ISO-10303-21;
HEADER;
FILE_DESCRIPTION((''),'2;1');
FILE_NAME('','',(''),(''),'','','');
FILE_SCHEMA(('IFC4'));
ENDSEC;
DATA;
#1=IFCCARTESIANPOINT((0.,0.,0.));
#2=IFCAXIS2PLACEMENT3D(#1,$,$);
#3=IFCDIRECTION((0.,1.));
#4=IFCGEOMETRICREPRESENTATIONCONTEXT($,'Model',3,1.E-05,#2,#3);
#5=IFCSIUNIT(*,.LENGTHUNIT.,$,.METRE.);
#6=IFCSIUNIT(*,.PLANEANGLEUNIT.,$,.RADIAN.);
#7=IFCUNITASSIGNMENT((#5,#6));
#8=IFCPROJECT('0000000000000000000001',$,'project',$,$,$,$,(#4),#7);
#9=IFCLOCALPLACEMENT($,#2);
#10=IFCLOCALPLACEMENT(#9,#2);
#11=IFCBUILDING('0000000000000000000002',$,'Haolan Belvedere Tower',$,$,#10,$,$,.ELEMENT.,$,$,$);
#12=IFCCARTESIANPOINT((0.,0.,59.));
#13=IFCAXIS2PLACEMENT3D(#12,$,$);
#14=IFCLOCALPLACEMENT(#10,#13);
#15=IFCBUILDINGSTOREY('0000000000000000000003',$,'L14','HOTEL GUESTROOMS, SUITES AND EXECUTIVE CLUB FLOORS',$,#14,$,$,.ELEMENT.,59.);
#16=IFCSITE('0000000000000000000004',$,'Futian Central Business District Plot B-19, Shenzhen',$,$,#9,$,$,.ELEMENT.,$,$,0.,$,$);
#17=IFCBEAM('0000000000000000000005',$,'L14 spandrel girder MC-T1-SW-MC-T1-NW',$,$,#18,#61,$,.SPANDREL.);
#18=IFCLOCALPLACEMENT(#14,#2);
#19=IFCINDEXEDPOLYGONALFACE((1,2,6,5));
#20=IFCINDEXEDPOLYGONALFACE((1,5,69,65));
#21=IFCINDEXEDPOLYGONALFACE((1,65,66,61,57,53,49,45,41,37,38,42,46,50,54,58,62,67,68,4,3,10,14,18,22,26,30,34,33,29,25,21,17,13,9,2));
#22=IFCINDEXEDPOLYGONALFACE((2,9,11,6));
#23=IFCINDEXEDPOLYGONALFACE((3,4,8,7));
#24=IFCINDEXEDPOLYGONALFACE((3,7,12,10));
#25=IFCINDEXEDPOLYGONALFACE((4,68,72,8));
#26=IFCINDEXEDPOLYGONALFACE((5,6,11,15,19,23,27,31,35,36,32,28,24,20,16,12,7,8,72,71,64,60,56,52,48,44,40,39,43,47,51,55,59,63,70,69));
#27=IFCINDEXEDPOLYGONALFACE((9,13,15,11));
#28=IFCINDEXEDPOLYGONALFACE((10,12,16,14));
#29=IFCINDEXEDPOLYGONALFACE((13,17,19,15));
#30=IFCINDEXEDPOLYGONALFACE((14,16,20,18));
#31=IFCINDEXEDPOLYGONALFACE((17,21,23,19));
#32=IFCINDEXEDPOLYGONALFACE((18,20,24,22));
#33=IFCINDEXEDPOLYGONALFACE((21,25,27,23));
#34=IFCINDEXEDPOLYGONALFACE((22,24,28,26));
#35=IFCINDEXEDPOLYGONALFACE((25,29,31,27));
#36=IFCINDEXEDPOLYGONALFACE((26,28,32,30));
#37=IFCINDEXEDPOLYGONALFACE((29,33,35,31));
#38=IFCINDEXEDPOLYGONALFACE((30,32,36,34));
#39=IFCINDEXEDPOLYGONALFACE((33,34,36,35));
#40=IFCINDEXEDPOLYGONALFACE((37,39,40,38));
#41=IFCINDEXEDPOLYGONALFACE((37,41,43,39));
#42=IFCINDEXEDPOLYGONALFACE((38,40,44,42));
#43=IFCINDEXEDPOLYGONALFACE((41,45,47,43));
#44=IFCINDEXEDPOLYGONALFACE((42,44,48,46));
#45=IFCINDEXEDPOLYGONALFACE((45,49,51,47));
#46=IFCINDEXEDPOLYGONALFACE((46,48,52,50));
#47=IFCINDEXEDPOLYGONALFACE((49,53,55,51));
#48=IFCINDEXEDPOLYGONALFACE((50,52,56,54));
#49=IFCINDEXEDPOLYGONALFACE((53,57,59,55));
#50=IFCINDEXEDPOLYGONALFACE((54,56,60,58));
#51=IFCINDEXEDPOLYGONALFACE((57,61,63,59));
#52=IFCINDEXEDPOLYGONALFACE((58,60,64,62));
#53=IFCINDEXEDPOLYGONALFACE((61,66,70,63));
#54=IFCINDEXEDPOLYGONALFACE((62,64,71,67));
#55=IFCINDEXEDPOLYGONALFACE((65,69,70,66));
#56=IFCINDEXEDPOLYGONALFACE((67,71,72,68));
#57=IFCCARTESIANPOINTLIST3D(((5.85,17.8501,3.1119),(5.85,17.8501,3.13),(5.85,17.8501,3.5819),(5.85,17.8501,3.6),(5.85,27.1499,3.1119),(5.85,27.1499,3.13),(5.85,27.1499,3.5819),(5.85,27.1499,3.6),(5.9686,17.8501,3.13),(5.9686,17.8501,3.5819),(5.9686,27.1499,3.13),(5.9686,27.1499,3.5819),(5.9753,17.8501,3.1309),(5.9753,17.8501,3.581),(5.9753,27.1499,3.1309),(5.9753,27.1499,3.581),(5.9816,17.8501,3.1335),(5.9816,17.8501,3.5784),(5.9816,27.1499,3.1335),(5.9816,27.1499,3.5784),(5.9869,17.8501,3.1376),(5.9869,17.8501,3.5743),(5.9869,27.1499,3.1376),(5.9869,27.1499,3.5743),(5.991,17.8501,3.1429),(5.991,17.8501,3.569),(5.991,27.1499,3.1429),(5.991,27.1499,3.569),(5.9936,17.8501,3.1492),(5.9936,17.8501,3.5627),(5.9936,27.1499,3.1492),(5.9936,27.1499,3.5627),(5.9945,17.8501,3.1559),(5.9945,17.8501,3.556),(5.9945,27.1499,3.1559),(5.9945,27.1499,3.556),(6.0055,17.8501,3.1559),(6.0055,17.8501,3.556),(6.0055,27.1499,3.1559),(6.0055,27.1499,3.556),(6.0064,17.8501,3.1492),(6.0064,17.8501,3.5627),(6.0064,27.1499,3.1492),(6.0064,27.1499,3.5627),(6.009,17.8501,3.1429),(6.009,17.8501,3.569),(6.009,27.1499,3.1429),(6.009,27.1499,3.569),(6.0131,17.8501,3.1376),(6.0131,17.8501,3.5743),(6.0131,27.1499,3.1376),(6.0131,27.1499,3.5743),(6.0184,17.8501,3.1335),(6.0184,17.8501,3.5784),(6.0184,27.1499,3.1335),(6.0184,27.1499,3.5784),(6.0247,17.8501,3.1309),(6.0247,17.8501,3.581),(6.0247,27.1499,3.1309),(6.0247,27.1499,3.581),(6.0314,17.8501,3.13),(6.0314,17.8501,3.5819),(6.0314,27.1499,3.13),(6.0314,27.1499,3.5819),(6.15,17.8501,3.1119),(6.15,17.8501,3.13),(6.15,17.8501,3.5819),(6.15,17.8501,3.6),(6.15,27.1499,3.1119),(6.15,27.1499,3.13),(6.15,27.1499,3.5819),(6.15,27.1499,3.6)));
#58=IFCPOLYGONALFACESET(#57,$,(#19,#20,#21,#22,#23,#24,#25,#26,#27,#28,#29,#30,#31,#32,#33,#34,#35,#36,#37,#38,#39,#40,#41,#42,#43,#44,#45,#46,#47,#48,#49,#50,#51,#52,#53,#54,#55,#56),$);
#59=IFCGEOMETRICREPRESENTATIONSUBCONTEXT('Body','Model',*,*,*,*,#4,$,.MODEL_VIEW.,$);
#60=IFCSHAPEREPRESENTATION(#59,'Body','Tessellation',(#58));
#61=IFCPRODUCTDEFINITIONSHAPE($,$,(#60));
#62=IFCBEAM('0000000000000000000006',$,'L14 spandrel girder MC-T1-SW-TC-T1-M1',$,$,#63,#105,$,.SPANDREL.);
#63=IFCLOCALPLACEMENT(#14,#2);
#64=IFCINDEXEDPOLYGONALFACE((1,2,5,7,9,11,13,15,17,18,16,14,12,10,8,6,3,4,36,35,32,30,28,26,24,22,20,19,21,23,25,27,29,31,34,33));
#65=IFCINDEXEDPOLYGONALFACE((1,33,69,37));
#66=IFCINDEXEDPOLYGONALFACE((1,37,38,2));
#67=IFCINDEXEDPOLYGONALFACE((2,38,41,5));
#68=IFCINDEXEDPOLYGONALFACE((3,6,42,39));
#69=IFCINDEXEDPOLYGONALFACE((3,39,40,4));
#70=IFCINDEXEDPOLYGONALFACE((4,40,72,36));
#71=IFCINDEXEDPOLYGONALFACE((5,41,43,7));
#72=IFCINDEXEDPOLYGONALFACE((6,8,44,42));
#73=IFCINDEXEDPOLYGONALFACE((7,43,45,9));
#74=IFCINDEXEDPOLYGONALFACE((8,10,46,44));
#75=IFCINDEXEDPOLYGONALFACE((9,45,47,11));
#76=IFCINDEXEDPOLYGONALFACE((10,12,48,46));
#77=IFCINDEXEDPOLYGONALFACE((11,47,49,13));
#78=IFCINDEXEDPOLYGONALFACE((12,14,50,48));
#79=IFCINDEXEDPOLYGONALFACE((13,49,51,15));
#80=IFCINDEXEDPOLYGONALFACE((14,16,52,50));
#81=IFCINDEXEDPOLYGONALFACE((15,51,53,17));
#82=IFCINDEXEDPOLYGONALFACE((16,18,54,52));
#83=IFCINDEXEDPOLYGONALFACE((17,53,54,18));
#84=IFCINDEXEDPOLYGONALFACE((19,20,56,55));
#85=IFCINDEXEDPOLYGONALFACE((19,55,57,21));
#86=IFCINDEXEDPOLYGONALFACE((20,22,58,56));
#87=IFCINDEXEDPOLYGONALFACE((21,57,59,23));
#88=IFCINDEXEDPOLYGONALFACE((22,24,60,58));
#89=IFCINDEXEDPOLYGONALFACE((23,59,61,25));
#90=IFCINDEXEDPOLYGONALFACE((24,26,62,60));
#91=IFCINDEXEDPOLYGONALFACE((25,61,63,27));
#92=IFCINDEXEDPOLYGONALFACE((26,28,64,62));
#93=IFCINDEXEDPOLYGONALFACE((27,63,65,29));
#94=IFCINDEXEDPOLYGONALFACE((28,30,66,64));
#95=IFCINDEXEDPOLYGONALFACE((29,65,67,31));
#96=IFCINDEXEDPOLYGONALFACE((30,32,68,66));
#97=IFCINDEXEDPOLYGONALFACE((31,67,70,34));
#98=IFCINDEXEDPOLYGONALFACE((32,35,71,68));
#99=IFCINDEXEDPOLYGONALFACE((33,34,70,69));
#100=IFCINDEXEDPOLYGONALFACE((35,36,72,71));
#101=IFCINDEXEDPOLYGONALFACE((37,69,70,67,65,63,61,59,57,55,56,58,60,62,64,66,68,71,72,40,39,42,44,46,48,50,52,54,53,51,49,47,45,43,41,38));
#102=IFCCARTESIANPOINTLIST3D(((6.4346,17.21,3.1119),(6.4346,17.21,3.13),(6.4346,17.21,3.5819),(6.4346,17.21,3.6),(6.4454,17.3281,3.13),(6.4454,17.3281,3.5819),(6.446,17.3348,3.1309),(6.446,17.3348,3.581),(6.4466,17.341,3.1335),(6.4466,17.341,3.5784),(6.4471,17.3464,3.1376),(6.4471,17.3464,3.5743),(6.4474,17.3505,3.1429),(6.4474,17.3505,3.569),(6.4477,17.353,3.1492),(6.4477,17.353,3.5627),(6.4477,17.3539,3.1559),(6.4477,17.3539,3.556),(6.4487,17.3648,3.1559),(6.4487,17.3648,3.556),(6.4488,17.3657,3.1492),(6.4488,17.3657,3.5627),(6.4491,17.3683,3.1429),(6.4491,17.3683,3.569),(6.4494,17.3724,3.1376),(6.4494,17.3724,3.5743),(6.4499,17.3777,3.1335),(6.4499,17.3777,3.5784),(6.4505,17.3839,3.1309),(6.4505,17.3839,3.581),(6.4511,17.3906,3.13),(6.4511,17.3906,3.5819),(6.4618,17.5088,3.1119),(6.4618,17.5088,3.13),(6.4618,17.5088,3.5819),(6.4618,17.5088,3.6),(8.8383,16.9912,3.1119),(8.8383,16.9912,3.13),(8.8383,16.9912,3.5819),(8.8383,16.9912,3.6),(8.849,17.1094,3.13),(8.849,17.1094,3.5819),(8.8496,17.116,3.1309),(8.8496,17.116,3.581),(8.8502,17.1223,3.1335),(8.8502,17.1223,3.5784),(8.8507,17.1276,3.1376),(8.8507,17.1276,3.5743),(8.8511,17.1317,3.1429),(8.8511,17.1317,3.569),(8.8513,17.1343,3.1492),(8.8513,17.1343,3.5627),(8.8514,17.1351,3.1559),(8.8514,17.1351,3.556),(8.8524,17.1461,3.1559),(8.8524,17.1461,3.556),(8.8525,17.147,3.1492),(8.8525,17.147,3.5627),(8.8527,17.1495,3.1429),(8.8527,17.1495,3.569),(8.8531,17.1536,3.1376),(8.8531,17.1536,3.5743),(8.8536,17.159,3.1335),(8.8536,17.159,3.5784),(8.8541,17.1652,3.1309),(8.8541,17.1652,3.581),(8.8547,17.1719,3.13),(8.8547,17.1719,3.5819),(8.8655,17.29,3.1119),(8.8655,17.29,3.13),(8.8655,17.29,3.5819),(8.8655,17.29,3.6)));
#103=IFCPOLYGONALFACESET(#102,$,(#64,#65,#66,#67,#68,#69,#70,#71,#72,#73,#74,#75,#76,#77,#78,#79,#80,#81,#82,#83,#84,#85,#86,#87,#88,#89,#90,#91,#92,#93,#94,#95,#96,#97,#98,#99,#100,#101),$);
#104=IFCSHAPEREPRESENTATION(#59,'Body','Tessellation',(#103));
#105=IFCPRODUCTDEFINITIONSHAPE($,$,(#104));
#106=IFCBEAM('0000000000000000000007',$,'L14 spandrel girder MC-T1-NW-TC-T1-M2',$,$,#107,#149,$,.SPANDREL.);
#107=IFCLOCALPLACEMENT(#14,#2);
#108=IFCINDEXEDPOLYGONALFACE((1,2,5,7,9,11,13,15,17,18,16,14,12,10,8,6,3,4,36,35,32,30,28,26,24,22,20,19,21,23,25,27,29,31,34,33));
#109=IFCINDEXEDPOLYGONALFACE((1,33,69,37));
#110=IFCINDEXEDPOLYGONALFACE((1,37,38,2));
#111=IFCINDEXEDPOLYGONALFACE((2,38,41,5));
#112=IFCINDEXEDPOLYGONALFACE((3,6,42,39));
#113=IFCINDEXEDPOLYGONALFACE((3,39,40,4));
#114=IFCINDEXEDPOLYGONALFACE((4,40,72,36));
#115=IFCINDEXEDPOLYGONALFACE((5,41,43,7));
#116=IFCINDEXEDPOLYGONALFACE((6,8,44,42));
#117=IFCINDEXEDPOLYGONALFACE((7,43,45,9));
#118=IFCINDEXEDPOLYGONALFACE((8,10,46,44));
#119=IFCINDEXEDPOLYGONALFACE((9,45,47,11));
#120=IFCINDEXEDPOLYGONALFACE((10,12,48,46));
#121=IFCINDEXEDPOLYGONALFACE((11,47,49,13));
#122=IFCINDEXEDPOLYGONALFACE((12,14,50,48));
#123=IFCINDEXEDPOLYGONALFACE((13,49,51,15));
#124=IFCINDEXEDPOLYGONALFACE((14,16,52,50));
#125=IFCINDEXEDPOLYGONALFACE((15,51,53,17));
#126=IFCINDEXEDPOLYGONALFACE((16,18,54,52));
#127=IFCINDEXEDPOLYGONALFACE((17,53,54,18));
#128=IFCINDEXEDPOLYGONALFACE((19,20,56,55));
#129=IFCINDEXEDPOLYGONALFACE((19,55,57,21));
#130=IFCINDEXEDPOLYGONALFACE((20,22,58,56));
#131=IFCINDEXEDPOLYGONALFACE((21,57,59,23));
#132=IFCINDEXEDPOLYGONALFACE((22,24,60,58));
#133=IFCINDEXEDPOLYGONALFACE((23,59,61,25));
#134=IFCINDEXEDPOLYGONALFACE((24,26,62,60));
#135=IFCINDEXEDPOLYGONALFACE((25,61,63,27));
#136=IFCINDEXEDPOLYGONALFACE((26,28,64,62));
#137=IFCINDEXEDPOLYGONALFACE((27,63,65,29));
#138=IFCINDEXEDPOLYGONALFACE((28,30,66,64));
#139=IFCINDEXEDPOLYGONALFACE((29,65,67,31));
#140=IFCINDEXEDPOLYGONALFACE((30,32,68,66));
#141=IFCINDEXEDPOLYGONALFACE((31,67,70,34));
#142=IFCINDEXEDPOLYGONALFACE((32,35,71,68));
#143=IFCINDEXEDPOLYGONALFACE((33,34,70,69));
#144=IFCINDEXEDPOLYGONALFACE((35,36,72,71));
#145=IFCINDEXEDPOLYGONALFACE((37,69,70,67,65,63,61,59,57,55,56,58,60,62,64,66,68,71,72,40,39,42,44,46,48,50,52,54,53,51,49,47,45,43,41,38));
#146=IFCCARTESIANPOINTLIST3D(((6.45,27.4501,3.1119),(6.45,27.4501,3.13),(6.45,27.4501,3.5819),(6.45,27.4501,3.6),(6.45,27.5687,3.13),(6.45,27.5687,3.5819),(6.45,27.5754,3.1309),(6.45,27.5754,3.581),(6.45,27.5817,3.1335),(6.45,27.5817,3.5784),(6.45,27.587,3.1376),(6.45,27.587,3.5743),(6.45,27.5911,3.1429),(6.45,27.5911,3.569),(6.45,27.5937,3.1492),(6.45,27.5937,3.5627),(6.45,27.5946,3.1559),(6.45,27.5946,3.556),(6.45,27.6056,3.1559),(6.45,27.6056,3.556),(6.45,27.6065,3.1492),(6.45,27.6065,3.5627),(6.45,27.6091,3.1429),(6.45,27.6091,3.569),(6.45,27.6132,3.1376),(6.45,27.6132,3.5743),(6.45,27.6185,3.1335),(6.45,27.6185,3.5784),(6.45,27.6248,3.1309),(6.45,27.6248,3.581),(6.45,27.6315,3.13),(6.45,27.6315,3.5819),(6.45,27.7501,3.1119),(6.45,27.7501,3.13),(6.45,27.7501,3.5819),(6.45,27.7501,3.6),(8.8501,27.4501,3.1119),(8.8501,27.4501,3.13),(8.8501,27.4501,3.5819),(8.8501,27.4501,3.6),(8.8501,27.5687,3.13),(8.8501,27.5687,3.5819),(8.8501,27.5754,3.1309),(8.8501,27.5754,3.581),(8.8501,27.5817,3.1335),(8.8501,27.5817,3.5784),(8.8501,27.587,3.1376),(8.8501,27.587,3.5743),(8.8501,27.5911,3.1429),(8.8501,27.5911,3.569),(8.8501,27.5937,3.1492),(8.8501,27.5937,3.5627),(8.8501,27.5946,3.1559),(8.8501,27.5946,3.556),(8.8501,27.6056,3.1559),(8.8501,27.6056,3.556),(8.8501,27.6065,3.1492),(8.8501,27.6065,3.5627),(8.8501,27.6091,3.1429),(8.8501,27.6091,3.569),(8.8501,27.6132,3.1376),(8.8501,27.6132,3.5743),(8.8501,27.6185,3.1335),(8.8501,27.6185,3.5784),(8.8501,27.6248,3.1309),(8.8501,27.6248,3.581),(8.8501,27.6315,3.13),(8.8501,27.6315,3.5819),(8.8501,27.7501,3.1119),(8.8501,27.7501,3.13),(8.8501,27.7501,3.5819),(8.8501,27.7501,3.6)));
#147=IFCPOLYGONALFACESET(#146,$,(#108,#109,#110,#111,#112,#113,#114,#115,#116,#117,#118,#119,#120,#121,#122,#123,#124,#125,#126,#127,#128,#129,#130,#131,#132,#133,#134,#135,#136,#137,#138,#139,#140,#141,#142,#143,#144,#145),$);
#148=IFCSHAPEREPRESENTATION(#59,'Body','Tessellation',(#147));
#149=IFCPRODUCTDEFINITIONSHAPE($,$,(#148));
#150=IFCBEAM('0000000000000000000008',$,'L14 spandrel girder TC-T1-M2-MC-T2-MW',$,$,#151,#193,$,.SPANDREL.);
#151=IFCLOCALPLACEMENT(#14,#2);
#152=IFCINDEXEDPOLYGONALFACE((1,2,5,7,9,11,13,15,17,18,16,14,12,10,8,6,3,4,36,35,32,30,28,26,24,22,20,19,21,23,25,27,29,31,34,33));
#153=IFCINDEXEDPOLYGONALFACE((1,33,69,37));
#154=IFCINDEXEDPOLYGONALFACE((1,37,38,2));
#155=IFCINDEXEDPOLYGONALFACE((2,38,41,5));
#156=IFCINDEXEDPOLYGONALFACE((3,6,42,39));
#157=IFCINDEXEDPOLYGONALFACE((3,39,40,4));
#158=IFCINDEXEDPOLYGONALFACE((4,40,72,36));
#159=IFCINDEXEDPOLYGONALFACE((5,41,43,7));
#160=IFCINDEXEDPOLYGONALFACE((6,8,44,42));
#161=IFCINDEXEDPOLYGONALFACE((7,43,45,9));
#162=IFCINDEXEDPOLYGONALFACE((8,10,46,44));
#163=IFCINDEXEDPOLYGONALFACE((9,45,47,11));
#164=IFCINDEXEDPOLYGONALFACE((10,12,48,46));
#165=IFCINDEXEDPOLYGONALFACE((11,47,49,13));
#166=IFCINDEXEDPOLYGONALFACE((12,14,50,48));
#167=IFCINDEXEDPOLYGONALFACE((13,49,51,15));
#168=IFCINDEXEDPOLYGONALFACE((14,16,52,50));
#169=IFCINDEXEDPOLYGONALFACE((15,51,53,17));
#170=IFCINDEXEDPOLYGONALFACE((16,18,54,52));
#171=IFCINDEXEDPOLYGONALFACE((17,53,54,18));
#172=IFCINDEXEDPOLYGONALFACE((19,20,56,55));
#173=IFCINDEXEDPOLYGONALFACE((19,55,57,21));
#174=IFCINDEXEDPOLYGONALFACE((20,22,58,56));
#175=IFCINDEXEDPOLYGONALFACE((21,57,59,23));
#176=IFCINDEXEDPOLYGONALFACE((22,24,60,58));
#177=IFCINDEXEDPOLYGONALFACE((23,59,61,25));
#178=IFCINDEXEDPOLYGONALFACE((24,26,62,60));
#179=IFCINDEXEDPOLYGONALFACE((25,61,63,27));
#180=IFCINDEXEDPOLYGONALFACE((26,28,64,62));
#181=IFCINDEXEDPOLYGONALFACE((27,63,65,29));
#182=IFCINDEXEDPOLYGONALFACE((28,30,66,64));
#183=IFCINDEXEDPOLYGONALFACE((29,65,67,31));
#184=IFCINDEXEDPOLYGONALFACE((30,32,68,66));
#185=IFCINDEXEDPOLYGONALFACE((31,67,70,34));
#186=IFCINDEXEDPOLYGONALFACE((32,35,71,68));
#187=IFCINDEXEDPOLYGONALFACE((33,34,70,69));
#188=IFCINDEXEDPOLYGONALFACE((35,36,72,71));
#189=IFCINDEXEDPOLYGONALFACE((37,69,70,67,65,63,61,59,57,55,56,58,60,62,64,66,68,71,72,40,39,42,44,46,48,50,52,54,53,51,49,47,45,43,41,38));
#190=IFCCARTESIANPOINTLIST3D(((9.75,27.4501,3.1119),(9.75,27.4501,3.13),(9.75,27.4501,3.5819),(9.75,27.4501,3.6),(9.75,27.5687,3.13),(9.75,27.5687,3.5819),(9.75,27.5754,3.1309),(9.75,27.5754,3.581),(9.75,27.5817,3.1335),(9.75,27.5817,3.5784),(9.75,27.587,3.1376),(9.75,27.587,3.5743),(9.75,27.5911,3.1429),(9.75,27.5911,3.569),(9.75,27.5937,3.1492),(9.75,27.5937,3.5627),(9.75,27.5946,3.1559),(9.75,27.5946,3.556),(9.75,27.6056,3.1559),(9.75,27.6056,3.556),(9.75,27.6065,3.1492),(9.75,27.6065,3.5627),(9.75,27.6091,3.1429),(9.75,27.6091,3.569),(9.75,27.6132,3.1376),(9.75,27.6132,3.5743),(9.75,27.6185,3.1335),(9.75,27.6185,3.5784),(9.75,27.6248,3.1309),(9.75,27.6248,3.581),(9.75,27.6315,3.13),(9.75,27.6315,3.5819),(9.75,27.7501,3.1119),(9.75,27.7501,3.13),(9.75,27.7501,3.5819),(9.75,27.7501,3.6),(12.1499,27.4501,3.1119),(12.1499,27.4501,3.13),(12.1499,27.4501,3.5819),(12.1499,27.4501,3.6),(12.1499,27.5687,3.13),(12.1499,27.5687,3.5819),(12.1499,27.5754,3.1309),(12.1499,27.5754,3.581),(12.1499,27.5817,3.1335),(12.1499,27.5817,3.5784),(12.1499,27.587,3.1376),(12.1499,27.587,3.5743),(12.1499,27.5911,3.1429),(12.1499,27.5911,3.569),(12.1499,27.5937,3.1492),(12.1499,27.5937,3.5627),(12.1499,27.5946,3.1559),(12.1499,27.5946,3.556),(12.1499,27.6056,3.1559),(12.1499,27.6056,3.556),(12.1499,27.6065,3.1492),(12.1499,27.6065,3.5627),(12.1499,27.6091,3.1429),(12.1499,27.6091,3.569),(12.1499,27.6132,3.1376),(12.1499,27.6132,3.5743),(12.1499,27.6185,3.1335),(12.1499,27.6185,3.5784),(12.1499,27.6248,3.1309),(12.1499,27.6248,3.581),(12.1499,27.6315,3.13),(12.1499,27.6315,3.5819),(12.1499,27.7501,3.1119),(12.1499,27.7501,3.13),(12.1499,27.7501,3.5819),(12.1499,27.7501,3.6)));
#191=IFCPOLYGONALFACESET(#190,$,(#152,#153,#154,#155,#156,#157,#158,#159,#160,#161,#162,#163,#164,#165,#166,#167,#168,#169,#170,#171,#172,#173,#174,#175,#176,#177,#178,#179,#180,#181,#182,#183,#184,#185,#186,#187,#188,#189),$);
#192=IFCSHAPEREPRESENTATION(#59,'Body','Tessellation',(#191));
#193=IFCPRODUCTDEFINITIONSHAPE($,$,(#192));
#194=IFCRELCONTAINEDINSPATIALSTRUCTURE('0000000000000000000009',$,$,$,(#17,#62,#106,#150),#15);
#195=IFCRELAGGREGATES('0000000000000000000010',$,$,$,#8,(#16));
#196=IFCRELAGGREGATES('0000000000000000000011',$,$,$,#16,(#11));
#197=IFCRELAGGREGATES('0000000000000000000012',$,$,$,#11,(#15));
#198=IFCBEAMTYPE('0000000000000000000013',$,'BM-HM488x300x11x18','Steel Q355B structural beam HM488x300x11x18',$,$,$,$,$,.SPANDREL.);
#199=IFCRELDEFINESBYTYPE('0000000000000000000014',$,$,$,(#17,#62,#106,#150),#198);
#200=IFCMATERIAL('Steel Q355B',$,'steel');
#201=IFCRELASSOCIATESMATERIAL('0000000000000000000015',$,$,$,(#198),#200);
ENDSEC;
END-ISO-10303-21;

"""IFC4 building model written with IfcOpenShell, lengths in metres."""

from ifc_helpers import new_model, si_unit, direction, frame, origin, origin_2d, place, context, subcontext, project, spatial, i_section, extrude, material, material_profile, profile_set, type_object, element, save


model = new_model("IFC4")

# Units and contexts
model_context = context("Model", 3, precision=1e-05, world=origin(), true_north=direction((0.0, 1.0)))
body_context = subcontext(model_context, "Body", "Model", "MODEL_VIEW")
ifc_project = project(units=[si_unit("LENGTHUNIT", "METRE"), si_unit("PLANEANGLEUNIT", "RADIAN")], contexts=[model_context])

# Site, building, storey
site_placement = place(None, origin())
site = spatial("IfcSite", under=ifc_project, at=site_placement, Name="Futian Central Business District Plot B-19, Shenzhen", CompositionType="ELEMENT", RefElevation=0.0)
building_placement = place(site_placement, origin())
building = spatial("IfcBuilding", under=site, at=building_placement, Name="Haolan Belvedere Tower", CompositionType="ELEMENT")
storey_placement = place(building_placement, frame((0.0, 0.0, 59.0)))
storey = spatial("IfcBuildingStorey", under=building, at=storey_placement, Name="L14", Description="HOTEL GUESTROOMS, SUITES AND EXECUTIVE CLUB FLOORS", CompositionType="ELEMENT", Elevation=59.0)

# Shared definitions
ifc_material_1 = material(Name="Steel Q355B", Category="steel")

# Beams
ifc_material_profile_1 = material_profile(ifc_material_1, i_section(OverallWidth=0.3, OverallDepth=0.488, WebThickness=0.011, FlangeThickness=0.0181, FilletRadius=0.0259, at=origin_2d()), Name="Steel Q355B")
ifc_profile_set_1 = profile_set([ifc_material_profile_1], Name="Steel Q355B")
beam_type_1 = type_object("IfcBeamType", Name="BM-HM488x300x11x18", Description="Steel Q355B structural beam HM488x300x11x18", PredefinedType="SPANDREL", material=ifc_profile_set_1)
beam_1_placement = place(storey_placement, frame((6.0, 17.8501, 3.356), z_axis=(0.0, 1.0, 0.0), x_axis=(-1.0, 0.0, 0.0)))
element("IfcBeam", 1, at=beam_1_placement, inside=storey, type_object=beam_type_1, Name="L14 spandrel girder MC-T1-SW-MC-T1-NW", PredefinedType="SPANDREL", context=body_context, shape_type="SweptSolid", body=[
    extrude(i_section(OverallWidth=0.3, OverallDepth=0.488, WebThickness=0.011, FlangeThickness=0.0181, FilletRadius=0.0259, at=origin_2d()), origin(), (0.0, 0.0, 1.0), 9.2998),
])
beam_2_placement = place(storey_placement, frame((6.4482, 17.3594, 3.356), z_axis=(0.995884, -0.090636, 0.0), x_axis=(0.090636, 0.995884, 0.0)))
element("IfcBeam", 2, at=beam_2_placement, inside=storey, type_object=beam_type_1, Name="L14 spandrel girder MC-T1-SW-TC-T1-M1", PredefinedType="SPANDREL", context=body_context, shape_type="SweptSolid", body=[
    extrude(i_section(OverallWidth=0.3, OverallDepth=0.488, WebThickness=0.011, FlangeThickness=0.0181, FilletRadius=0.0259, at=origin_2d()), origin(), (0.0, 0.0, 1.0), 2.4136),
])
beam_3_placement = place(storey_placement, frame((6.45, 27.6001, 3.356), z_axis=(1.0, 0.0, 0.0), x_axis=(0.0, 1.0, 0.0)))
element("IfcBeam", 3, at=beam_3_placement, inside=storey, type_object=beam_type_1, Name="L14 spandrel girder MC-T1-NW-TC-T1-M2", PredefinedType="SPANDREL", context=body_context, shape_type="SweptSolid", body=[
    extrude(i_section(OverallWidth=0.3, OverallDepth=0.488, WebThickness=0.011, FlangeThickness=0.0181, FilletRadius=0.0259, at=origin_2d()), origin(), (0.0, 0.0, 1.0), 2.4001),
])
beam_4_placement = place(storey_placement, frame((9.75, 27.6001, 3.356), z_axis=(1.0, 0.0, 0.0), x_axis=(0.0, 1.0, 0.0)))
element("IfcBeam", 4, at=beam_4_placement, inside=storey, type_object=beam_type_1, Name="L14 spandrel girder TC-T1-M2-MC-T2-MW", PredefinedType="SPANDREL", context=body_context, shape_type="SweptSolid", body=[
    extrude(i_section(OverallWidth=0.3, OverallDepth=0.488, WebThickness=0.011, FlangeThickness=0.0181, FilletRadius=0.0259, at=origin_2d()), origin(), (0.0, 0.0, 1.0), 2.3999),
])

save(model, "model.ifc")
